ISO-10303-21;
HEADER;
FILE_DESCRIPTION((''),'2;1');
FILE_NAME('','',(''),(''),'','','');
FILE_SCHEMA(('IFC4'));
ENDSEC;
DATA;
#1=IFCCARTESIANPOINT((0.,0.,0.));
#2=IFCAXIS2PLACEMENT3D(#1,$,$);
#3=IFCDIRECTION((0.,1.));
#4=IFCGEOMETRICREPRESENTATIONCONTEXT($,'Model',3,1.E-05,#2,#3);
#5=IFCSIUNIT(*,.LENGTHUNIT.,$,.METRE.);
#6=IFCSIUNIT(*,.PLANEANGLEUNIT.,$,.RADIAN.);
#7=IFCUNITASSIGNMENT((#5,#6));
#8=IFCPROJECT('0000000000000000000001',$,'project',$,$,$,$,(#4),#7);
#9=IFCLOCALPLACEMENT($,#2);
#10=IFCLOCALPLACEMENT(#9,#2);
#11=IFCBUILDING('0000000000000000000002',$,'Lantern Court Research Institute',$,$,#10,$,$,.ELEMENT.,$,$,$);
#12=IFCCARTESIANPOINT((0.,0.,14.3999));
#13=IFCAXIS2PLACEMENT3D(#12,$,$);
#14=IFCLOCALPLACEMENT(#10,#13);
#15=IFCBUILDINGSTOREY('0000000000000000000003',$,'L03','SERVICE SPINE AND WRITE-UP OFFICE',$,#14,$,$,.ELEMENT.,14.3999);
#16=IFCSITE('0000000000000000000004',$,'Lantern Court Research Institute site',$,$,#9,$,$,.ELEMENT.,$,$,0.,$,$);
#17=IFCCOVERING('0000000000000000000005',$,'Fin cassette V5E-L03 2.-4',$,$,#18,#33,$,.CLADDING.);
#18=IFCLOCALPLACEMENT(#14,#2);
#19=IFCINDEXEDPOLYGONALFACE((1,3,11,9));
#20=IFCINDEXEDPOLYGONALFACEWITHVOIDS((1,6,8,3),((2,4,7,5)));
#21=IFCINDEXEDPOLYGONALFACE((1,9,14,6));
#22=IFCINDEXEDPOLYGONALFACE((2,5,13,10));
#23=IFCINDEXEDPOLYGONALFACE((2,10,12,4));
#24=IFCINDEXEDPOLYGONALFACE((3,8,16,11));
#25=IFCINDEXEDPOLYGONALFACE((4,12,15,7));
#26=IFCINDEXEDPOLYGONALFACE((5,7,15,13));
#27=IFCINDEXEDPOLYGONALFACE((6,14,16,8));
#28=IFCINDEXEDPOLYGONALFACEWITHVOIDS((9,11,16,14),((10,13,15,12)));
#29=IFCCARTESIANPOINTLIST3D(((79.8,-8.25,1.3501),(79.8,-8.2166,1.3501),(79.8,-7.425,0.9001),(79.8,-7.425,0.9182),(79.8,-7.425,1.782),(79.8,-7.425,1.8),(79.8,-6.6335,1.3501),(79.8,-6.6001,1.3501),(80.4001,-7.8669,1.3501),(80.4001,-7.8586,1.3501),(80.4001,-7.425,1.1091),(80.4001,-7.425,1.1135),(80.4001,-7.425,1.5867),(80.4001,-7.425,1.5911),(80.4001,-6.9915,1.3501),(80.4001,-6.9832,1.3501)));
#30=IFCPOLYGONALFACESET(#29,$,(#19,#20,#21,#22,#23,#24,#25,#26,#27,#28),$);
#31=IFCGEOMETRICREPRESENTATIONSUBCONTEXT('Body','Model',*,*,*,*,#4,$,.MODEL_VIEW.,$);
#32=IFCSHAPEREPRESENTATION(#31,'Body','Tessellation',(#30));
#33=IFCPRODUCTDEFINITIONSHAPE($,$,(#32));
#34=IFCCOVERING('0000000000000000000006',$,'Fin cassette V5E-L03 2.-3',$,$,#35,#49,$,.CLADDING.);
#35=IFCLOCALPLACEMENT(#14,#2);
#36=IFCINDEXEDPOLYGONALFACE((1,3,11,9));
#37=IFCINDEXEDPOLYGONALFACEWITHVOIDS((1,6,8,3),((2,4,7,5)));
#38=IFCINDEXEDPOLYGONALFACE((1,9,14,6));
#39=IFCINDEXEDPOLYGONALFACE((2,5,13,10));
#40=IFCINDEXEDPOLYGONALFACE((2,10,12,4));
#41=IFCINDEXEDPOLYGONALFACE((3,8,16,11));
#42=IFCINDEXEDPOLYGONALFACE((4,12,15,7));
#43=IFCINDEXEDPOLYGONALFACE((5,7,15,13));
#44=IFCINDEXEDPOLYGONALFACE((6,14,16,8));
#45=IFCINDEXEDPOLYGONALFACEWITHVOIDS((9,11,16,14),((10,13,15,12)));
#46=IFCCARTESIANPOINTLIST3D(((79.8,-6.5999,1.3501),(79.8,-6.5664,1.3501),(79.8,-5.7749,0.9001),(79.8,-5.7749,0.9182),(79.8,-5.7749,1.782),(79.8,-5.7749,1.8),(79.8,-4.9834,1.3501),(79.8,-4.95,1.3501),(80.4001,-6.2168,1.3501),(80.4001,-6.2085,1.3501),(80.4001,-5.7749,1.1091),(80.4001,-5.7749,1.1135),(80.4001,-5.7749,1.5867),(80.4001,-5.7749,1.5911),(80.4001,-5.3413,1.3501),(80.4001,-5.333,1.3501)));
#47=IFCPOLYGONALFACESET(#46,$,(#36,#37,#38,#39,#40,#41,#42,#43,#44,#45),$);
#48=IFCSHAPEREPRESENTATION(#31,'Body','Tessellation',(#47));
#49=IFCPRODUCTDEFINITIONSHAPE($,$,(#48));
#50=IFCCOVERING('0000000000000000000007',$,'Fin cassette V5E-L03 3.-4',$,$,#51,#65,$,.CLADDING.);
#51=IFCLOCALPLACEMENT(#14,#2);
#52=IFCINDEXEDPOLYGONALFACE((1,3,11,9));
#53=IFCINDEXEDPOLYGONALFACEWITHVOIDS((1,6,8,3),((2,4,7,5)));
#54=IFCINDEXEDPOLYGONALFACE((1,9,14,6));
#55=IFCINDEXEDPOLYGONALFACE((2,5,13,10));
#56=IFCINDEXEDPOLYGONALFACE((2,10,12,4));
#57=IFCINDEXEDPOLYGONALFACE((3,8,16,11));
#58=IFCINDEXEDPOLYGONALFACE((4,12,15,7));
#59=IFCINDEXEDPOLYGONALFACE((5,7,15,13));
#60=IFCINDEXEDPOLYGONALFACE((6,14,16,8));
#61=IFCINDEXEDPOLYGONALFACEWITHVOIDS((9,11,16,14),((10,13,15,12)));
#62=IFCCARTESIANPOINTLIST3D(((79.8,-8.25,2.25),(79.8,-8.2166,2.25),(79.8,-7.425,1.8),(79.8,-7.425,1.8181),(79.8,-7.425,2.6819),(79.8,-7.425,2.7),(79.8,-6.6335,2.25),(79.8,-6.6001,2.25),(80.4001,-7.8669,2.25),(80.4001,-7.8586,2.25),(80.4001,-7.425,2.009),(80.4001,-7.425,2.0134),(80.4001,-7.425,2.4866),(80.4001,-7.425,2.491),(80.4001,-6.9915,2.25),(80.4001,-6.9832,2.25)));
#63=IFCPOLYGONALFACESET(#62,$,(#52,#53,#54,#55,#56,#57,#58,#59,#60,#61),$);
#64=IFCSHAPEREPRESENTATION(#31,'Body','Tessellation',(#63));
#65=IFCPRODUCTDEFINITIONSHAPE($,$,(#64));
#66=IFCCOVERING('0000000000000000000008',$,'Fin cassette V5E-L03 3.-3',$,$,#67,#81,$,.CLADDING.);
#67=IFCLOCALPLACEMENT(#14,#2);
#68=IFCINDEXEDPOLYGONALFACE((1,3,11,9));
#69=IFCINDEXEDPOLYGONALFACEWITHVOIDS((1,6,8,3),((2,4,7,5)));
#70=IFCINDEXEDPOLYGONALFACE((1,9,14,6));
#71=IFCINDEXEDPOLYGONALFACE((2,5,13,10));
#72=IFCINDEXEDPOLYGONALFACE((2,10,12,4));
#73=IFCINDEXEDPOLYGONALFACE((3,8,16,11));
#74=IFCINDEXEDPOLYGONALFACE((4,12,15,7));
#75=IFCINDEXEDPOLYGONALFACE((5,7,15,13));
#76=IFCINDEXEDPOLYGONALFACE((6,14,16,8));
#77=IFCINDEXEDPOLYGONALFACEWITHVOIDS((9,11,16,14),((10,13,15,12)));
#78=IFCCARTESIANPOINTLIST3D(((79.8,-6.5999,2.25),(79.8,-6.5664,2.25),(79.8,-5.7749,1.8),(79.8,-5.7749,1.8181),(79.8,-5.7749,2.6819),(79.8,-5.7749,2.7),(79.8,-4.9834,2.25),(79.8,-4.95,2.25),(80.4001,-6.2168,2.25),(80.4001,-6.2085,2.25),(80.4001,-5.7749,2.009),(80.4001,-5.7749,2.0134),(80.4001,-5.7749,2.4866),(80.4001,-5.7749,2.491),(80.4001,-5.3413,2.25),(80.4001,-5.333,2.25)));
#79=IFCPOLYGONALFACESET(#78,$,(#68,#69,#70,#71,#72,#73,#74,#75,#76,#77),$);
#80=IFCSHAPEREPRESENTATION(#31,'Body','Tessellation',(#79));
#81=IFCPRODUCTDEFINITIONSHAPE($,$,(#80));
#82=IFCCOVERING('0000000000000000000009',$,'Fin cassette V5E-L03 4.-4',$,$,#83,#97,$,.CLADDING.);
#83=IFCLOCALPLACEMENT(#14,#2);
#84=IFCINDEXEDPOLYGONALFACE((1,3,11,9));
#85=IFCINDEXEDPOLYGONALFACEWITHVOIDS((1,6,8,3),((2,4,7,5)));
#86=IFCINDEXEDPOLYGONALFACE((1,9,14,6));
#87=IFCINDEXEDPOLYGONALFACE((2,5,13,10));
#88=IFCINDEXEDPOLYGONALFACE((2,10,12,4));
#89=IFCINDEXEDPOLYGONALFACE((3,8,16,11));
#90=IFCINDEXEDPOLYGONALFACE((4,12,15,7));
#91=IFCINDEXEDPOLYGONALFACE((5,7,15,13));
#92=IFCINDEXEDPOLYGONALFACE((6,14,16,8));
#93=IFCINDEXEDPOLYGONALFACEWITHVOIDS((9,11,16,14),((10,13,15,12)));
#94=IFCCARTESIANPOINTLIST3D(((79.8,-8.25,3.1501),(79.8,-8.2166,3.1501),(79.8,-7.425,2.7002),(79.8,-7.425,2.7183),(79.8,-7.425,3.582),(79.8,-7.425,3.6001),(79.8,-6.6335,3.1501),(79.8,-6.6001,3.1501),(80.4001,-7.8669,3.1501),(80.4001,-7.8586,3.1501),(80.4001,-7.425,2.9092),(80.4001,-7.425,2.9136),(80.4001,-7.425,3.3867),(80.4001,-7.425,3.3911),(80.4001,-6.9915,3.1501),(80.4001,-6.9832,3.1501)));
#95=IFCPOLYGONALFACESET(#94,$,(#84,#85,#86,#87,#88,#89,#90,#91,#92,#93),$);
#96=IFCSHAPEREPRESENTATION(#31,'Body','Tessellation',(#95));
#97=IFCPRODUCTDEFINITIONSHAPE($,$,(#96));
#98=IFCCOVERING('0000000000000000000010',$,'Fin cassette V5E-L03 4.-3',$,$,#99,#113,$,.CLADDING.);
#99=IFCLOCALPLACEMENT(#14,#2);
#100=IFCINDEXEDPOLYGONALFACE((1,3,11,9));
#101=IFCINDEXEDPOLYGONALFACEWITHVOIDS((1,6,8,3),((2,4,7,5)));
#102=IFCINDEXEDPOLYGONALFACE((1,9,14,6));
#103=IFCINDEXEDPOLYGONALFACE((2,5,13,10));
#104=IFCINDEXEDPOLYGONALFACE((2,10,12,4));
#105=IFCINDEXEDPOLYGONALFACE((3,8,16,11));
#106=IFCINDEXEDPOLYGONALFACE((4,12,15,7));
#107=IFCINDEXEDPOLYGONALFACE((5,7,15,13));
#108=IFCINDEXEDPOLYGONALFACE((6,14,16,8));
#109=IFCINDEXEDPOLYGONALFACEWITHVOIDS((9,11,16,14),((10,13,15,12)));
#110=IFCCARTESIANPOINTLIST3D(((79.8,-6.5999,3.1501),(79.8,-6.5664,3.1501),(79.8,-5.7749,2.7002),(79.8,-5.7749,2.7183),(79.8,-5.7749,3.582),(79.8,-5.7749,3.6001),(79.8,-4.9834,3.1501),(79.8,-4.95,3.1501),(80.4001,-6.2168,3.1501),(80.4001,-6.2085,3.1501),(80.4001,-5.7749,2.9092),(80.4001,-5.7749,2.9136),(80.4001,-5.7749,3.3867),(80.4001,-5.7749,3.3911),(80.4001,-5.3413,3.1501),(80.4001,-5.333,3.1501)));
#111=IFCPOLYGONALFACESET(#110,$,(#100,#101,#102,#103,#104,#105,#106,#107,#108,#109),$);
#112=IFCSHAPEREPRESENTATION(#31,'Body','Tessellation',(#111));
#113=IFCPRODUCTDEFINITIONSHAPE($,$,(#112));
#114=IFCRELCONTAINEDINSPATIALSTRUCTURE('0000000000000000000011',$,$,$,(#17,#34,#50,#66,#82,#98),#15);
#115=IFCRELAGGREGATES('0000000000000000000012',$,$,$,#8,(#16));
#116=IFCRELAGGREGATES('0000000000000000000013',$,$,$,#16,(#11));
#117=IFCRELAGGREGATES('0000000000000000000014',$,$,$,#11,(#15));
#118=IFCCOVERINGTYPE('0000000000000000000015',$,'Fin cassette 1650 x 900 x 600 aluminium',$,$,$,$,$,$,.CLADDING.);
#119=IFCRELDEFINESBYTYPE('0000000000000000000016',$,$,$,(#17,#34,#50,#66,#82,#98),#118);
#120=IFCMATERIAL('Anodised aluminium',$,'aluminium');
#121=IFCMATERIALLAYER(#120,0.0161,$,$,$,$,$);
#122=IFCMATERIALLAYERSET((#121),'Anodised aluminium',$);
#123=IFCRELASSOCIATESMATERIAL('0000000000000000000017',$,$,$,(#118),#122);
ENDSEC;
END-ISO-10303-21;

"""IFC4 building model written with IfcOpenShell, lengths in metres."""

from ifc_helpers import new_model, entity, si_unit, direction, frame, origin, place, context, subcontext, project, spatial, material, layer, layer_set, type_object, element, save


model = new_model("IFC4")

# Units and contexts
model_context = context("Model", 3, precision=1e-05, world=origin(), true_north=direction((0.0, 1.0)))
body_context = subcontext(model_context, "Body", "Model", "MODEL_VIEW")
ifc_project = project(units=[si_unit("LENGTHUNIT", "METRE"), si_unit("PLANEANGLEUNIT", "RADIAN")], contexts=[model_context])

# Site, building, storey
site_placement = place(None, origin())
site = spatial("IfcSite", under=ifc_project, at=site_placement, Name="Lantern Court Research Institute site", CompositionType="ELEMENT", RefElevation=0.0)
building_placement = place(site_placement, origin())
building = spatial("IfcBuilding", under=site, at=building_placement, Name="Lantern Court Research Institute", CompositionType="ELEMENT")
storey_placement = place(building_placement, frame((0.0, 0.0, 14.3999)))
storey = spatial("IfcBuildingStorey", under=building, at=storey_placement, Name="L03", Description="SERVICE SPINE AND WRITE-UP OFFICE", CompositionType="ELEMENT", Elevation=14.3999)

# Coverings
ifc_material_1 = material(Name="Anodised aluminium", Category="aluminium")
ifc_layer_1 = layer(ifc_material_1, 0.0161)
ifc_layer_set_1 = layer_set([ifc_layer_1], Name="Anodised aluminium")
covering_type = type_object("IfcCoveringType", Name="Fin cassette 1650 x 900 x 600 aluminium", PredefinedType="CLADDING", material=ifc_layer_set_1)
covering_1_placement = place(storey_placement, frame((79.8, -7.425, 1.3501), z_axis=(1.0, 0.0, 0.0), x_axis=(0.0, 1.0, 0.0)))
cartesian_point_1 = entity("IfcCartesianPoint", [0.825, 0.0])
cartesian_point_2 = entity("IfcCartesianPoint", [0.7915, 0.0])
cartesian_point_3 = entity("IfcCartesianPoint", [0.4419, 0.0])
cartesian_point_4 = entity("IfcCartesianPoint", [0.4336, 0.0])
element("IfcCovering", 1, at=covering_1_placement, inside=storey, type_object=covering_type, Name="Fin cassette V5E-L03 2.-4", PredefinedType="CLADDING", context=body_context, shape_type="SweptSolid", body=[
    entity("IfcExtrudedAreaSolidTapered", entity("IfcArbitraryProfileDefWithVoids", "AREA", None, entity("IfcPolyline", [cartesian_point_1, entity("IfcCartesianPoint", [0.0, 0.45]), entity("IfcCartesianPoint", [-0.825, 0.0]), entity("IfcCartesianPoint", [0.0, -0.45]), cartesian_point_1]), [entity("IfcPolyline", [cartesian_point_2, entity("IfcCartesianPoint", [0.0, 0.4319]), entity("IfcCartesianPoint", [-0.7915, 0.0]), entity("IfcCartesianPoint", [0.0, -0.4319]), cartesian_point_2])]), entity("IfcAxis2Placement3D", entity("IfcCartesianPoint", [0.0, 0.0, 0.0])), entity("IfcDirection", [0.0, 0.0, 1.0]), 0.6001, entity("IfcArbitraryProfileDefWithVoids", "AREA", None, entity("IfcPolyline", [cartesian_point_3, entity("IfcCartesianPoint", [0.0, 0.241]), entity("IfcCartesianPoint", [-0.4419, 0.0]), entity("IfcCartesianPoint", [0.0, -0.241]), cartesian_point_3]), [entity("IfcPolyline", [cartesian_point_4, entity("IfcCartesianPoint", [0.0, 0.2366]), entity("IfcCartesianPoint", [-0.4336, 0.0]), entity("IfcCartesianPoint", [0.0, -0.2366]), cartesian_point_4])])),
])
covering_2_placement = place(storey_placement, frame((79.8, -5.7749, 1.3501), z_axis=(1.0, 0.0, 0.0), x_axis=(0.0, 1.0, 0.0)))
cartesian_point_5 = entity("IfcCartesianPoint", [0.825, 0.0])
cartesian_point_6 = entity("IfcCartesianPoint", [0.7915, 0.0])
cartesian_point_7 = entity("IfcCartesianPoint", [0.4419, 0.0])
cartesian_point_8 = entity("IfcCartesianPoint", [0.4336, 0.0])
element("IfcCovering", 2, at=covering_2_placement, inside=storey, type_object=covering_type, Name="Fin cassette V5E-L03 2.-3", PredefinedType="CLADDING", context=body_context, shape_type="SweptSolid", body=[
    entity("IfcExtrudedAreaSolidTapered", entity("IfcArbitraryProfileDefWithVoids", "AREA", None, entity("IfcPolyline", [cartesian_point_5, entity("IfcCartesianPoint", [0.0, 0.45]), entity("IfcCartesianPoint", [-0.825, 0.0]), entity("IfcCartesianPoint", [0.0, -0.45]), cartesian_point_5]), [entity("IfcPolyline", [cartesian_point_6, entity("IfcCartesianPoint", [0.0, 0.4319]), entity("IfcCartesianPoint", [-0.7915, 0.0]), entity("IfcCartesianPoint", [0.0, -0.4319]), cartesian_point_6])]), entity("IfcAxis2Placement3D", entity("IfcCartesianPoint", [0.0, 0.0, 0.0])), entity("IfcDirection", [0.0, 0.0, 1.0]), 0.6001, entity("IfcArbitraryProfileDefWithVoids", "AREA", None, entity("IfcPolyline", [cartesian_point_7, entity("IfcCartesianPoint", [0.0, 0.241]), entity("IfcCartesianPoint", [-0.4419, 0.0]), entity("IfcCartesianPoint", [0.0, -0.241]), cartesian_point_7]), [entity("IfcPolyline", [cartesian_point_8, entity("IfcCartesianPoint", [0.0, 0.2366]), entity("IfcCartesianPoint", [-0.4336, 0.0]), entity("IfcCartesianPoint", [0.0, -0.2366]), cartesian_point_8])])),
])
covering_3_placement = place(storey_placement, frame((79.8, -7.425, 2.25), z_axis=(1.0, 0.0, 0.0), x_axis=(0.0, 1.0, 0.0)))
cartesian_point_9 = entity("IfcCartesianPoint", [0.825, 0.0])
cartesian_point_10 = entity("IfcCartesianPoint", [0.7915, 0.0])
cartesian_point_11 = entity("IfcCartesianPoint", [0.4419, 0.0])
cartesian_point_12 = entity("IfcCartesianPoint", [0.4336, 0.0])
element("IfcCovering", 3, at=covering_3_placement, inside=storey, type_object=covering_type, Name="Fin cassette V5E-L03 3.-4", PredefinedType="CLADDING", context=body_context, shape_type="SweptSolid", body=[
    entity("IfcExtrudedAreaSolidTapered", entity("IfcArbitraryProfileDefWithVoids", "AREA", None, entity("IfcPolyline", [cartesian_point_9, entity("IfcCartesianPoint", [0.0, 0.45]), entity("IfcCartesianPoint", [-0.825, 0.0]), entity("IfcCartesianPoint", [0.0, -0.45]), cartesian_point_9]), [entity("IfcPolyline", [cartesian_point_10, entity("IfcCartesianPoint", [0.0, 0.4319]), entity("IfcCartesianPoint", [-0.7915, 0.0]), entity("IfcCartesianPoint", [0.0, -0.4319]), cartesian_point_10])]), entity("IfcAxis2Placement3D", entity("IfcCartesianPoint", [0.0, 0.0, 0.0])), entity("IfcDirection", [0.0, 0.0, 1.0]), 0.6001, entity("IfcArbitraryProfileDefWithVoids", "AREA", None, entity("IfcPolyline", [cartesian_point_11, entity("IfcCartesianPoint", [0.0, 0.241]), entity("IfcCartesianPoint", [-0.4419, 0.0]), entity("IfcCartesianPoint", [0.0, -0.241]), cartesian_point_11]), [entity("IfcPolyline", [cartesian_point_12, entity("IfcCartesianPoint", [0.0, 0.2366]), entity("IfcCartesianPoint", [-0.4336, 0.0]), entity("IfcCartesianPoint", [0.0, -0.2366]), cartesian_point_12])])),
])
covering_4_placement = place(storey_placement, frame((79.8, -5.7749, 2.25), z_axis=(1.0, 0.0, 0.0), x_axis=(0.0, 1.0, 0.0)))
cartesian_point_13 = entity("IfcCartesianPoint", [0.825, 0.0])
cartesian_point_14 = entity("IfcCartesianPoint", [0.7915, 0.0])
cartesian_point_15 = entity("IfcCartesianPoint", [0.4419, 0.0])
cartesian_point_16 = entity("IfcCartesianPoint", [0.4336, 0.0])
element("IfcCovering", 4, at=covering_4_placement, inside=storey, type_object=covering_type, Name="Fin cassette V5E-L03 3.-3", PredefinedType="CLADDING", context=body_context, shape_type="SweptSolid", body=[
    entity("IfcExtrudedAreaSolidTapered", entity("IfcArbitraryProfileDefWithVoids", "AREA", None, entity("IfcPolyline", [cartesian_point_13, entity("IfcCartesianPoint", [0.0, 0.45]), entity("IfcCartesianPoint", [-0.825, 0.0]), entity("IfcCartesianPoint", [0.0, -0.45]), cartesian_point_13]), [entity("IfcPolyline", [cartesian_point_14, entity("IfcCartesianPoint", [0.0, 0.4319]), entity("IfcCartesianPoint", [-0.7915, 0.0]), entity("IfcCartesianPoint", [0.0, -0.4319]), cartesian_point_14])]), entity("IfcAxis2Placement3D", entity("IfcCartesianPoint", [0.0, 0.0, 0.0])), entity("IfcDirection", [0.0, 0.0, 1.0]), 0.6001, entity("IfcArbitraryProfileDefWithVoids", "AREA", None, entity("IfcPolyline", [cartesian_point_15, entity("IfcCartesianPoint", [0.0, 0.241]), entity("IfcCartesianPoint", [-0.4419, 0.0]), entity("IfcCartesianPoint", [0.0, -0.241]), cartesian_point_15]), [entity("IfcPolyline", [cartesian_point_16, entity("IfcCartesianPoint", [0.0, 0.2366]), entity("IfcCartesianPoint", [-0.4336, 0.0]), entity("IfcCartesianPoint", [0.0, -0.2366]), cartesian_point_16])])),
])
covering_5_placement = place(storey_placement, frame((79.8, -7.425, 3.1501), z_axis=(1.0, 0.0, 0.0), x_axis=(0.0, 1.0, 0.0)))
cartesian_point_17 = entity("IfcCartesianPoint", [0.825, 0.0])
cartesian_point_18 = entity("IfcCartesianPoint", [0.7915, 0.0])
cartesian_point_19 = entity("IfcCartesianPoint", [0.4419, 0.0])
cartesian_point_20 = entity("IfcCartesianPoint", [0.4336, 0.0])
element("IfcCovering", 5, at=covering_5_placement, inside=storey, type_object=covering_type, Name="Fin cassette V5E-L03 4.-4", PredefinedType="CLADDING", context=body_context, shape_type="SweptSolid", body=[
    entity("IfcExtrudedAreaSolidTapered", entity("IfcArbitraryProfileDefWithVoids", "AREA", None, entity("IfcPolyline", [cartesian_point_17, entity("IfcCartesianPoint", [0.0, 0.45]), entity("IfcCartesianPoint", [-0.825, 0.0]), entity("IfcCartesianPoint", [0.0, -0.45]), cartesian_point_17]), [entity("IfcPolyline", [cartesian_point_18, entity("IfcCartesianPoint", [0.0, 0.4319]), entity("IfcCartesianPoint", [-0.7915, 0.0]), entity("IfcCartesianPoint", [0.0, -0.4319]), cartesian_point_18])]), entity("IfcAxis2Placement3D", entity("IfcCartesianPoint", [0.0, 0.0, 0.0])), entity("IfcDirection", [0.0, 0.0, 1.0]), 0.6001, entity("IfcArbitraryProfileDefWithVoids", "AREA", None, entity("IfcPolyline", [cartesian_point_19, entity("IfcCartesianPoint", [0.0, 0.241]), entity("IfcCartesianPoint", [-0.4419, 0.0]), entity("IfcCartesianPoint", [0.0, -0.241]), cartesian_point_19]), [entity("IfcPolyline", [cartesian_point_20, entity("IfcCartesianPoint", [0.0, 0.2366]), entity("IfcCartesianPoint", [-0.4336, 0.0]), entity("IfcCartesianPoint", [0.0, -0.2366]), cartesian_point_20])])),
])
covering_6_placement = place(storey_placement, frame((79.8, -5.7749, 3.1501), z_axis=(1.0, 0.0, 0.0), x_axis=(0.0, 1.0, 0.0)))
cartesian_point_21 = entity("IfcCartesianPoint", [0.825, 0.0])
cartesian_point_22 = entity("IfcCartesianPoint", [0.7915, 0.0])
cartesian_point_23 = entity("IfcCartesianPoint", [0.4419, 0.0])
cartesian_point_24 = entity("IfcCartesianPoint", [0.4336, 0.0])
element("IfcCovering", 6, at=covering_6_placement, inside=storey, type_object=covering_type, Name="Fin cassette V5E-L03 4.-3", PredefinedType="CLADDING", context=body_context, shape_type="SweptSolid", body=[
    entity("IfcExtrudedAreaSolidTapered", entity("IfcArbitraryProfileDefWithVoids", "AREA", None, entity("IfcPolyline", [cartesian_point_21, entity("IfcCartesianPoint", [0.0, 0.45]), entity("IfcCartesianPoint", [-0.825, 0.0]), entity("IfcCartesianPoint", [0.0, -0.45]), cartesian_point_21]), [entity("IfcPolyline", [cartesian_point_22, entity("IfcCartesianPoint", [0.0, 0.4319]), entity("IfcCartesianPoint", [-0.7915, 0.0]), entity("IfcCartesianPoint", [0.0, -0.4319]), cartesian_point_22])]), entity("IfcAxis2Placement3D", entity("IfcCartesianPoint", [0.0, 0.0, 0.0])), entity("IfcDirection", [0.0, 0.0, 1.0]), 0.6001, entity("IfcArbitraryProfileDefWithVoids", "AREA", None, entity("IfcPolyline", [cartesian_point_23, entity("IfcCartesianPoint", [0.0, 0.241]), entity("IfcCartesianPoint", [-0.4419, 0.0]), entity("IfcCartesianPoint", [0.0, -0.241]), cartesian_point_23]), [entity("IfcPolyline", [cartesian_point_24, entity("IfcCartesianPoint", [0.0, 0.2366]), entity("IfcCartesianPoint", [-0.4336, 0.0]), entity("IfcCartesianPoint", [0.0, -0.2366]), cartesian_point_24])])),
])

save(model, "model.ifc")
